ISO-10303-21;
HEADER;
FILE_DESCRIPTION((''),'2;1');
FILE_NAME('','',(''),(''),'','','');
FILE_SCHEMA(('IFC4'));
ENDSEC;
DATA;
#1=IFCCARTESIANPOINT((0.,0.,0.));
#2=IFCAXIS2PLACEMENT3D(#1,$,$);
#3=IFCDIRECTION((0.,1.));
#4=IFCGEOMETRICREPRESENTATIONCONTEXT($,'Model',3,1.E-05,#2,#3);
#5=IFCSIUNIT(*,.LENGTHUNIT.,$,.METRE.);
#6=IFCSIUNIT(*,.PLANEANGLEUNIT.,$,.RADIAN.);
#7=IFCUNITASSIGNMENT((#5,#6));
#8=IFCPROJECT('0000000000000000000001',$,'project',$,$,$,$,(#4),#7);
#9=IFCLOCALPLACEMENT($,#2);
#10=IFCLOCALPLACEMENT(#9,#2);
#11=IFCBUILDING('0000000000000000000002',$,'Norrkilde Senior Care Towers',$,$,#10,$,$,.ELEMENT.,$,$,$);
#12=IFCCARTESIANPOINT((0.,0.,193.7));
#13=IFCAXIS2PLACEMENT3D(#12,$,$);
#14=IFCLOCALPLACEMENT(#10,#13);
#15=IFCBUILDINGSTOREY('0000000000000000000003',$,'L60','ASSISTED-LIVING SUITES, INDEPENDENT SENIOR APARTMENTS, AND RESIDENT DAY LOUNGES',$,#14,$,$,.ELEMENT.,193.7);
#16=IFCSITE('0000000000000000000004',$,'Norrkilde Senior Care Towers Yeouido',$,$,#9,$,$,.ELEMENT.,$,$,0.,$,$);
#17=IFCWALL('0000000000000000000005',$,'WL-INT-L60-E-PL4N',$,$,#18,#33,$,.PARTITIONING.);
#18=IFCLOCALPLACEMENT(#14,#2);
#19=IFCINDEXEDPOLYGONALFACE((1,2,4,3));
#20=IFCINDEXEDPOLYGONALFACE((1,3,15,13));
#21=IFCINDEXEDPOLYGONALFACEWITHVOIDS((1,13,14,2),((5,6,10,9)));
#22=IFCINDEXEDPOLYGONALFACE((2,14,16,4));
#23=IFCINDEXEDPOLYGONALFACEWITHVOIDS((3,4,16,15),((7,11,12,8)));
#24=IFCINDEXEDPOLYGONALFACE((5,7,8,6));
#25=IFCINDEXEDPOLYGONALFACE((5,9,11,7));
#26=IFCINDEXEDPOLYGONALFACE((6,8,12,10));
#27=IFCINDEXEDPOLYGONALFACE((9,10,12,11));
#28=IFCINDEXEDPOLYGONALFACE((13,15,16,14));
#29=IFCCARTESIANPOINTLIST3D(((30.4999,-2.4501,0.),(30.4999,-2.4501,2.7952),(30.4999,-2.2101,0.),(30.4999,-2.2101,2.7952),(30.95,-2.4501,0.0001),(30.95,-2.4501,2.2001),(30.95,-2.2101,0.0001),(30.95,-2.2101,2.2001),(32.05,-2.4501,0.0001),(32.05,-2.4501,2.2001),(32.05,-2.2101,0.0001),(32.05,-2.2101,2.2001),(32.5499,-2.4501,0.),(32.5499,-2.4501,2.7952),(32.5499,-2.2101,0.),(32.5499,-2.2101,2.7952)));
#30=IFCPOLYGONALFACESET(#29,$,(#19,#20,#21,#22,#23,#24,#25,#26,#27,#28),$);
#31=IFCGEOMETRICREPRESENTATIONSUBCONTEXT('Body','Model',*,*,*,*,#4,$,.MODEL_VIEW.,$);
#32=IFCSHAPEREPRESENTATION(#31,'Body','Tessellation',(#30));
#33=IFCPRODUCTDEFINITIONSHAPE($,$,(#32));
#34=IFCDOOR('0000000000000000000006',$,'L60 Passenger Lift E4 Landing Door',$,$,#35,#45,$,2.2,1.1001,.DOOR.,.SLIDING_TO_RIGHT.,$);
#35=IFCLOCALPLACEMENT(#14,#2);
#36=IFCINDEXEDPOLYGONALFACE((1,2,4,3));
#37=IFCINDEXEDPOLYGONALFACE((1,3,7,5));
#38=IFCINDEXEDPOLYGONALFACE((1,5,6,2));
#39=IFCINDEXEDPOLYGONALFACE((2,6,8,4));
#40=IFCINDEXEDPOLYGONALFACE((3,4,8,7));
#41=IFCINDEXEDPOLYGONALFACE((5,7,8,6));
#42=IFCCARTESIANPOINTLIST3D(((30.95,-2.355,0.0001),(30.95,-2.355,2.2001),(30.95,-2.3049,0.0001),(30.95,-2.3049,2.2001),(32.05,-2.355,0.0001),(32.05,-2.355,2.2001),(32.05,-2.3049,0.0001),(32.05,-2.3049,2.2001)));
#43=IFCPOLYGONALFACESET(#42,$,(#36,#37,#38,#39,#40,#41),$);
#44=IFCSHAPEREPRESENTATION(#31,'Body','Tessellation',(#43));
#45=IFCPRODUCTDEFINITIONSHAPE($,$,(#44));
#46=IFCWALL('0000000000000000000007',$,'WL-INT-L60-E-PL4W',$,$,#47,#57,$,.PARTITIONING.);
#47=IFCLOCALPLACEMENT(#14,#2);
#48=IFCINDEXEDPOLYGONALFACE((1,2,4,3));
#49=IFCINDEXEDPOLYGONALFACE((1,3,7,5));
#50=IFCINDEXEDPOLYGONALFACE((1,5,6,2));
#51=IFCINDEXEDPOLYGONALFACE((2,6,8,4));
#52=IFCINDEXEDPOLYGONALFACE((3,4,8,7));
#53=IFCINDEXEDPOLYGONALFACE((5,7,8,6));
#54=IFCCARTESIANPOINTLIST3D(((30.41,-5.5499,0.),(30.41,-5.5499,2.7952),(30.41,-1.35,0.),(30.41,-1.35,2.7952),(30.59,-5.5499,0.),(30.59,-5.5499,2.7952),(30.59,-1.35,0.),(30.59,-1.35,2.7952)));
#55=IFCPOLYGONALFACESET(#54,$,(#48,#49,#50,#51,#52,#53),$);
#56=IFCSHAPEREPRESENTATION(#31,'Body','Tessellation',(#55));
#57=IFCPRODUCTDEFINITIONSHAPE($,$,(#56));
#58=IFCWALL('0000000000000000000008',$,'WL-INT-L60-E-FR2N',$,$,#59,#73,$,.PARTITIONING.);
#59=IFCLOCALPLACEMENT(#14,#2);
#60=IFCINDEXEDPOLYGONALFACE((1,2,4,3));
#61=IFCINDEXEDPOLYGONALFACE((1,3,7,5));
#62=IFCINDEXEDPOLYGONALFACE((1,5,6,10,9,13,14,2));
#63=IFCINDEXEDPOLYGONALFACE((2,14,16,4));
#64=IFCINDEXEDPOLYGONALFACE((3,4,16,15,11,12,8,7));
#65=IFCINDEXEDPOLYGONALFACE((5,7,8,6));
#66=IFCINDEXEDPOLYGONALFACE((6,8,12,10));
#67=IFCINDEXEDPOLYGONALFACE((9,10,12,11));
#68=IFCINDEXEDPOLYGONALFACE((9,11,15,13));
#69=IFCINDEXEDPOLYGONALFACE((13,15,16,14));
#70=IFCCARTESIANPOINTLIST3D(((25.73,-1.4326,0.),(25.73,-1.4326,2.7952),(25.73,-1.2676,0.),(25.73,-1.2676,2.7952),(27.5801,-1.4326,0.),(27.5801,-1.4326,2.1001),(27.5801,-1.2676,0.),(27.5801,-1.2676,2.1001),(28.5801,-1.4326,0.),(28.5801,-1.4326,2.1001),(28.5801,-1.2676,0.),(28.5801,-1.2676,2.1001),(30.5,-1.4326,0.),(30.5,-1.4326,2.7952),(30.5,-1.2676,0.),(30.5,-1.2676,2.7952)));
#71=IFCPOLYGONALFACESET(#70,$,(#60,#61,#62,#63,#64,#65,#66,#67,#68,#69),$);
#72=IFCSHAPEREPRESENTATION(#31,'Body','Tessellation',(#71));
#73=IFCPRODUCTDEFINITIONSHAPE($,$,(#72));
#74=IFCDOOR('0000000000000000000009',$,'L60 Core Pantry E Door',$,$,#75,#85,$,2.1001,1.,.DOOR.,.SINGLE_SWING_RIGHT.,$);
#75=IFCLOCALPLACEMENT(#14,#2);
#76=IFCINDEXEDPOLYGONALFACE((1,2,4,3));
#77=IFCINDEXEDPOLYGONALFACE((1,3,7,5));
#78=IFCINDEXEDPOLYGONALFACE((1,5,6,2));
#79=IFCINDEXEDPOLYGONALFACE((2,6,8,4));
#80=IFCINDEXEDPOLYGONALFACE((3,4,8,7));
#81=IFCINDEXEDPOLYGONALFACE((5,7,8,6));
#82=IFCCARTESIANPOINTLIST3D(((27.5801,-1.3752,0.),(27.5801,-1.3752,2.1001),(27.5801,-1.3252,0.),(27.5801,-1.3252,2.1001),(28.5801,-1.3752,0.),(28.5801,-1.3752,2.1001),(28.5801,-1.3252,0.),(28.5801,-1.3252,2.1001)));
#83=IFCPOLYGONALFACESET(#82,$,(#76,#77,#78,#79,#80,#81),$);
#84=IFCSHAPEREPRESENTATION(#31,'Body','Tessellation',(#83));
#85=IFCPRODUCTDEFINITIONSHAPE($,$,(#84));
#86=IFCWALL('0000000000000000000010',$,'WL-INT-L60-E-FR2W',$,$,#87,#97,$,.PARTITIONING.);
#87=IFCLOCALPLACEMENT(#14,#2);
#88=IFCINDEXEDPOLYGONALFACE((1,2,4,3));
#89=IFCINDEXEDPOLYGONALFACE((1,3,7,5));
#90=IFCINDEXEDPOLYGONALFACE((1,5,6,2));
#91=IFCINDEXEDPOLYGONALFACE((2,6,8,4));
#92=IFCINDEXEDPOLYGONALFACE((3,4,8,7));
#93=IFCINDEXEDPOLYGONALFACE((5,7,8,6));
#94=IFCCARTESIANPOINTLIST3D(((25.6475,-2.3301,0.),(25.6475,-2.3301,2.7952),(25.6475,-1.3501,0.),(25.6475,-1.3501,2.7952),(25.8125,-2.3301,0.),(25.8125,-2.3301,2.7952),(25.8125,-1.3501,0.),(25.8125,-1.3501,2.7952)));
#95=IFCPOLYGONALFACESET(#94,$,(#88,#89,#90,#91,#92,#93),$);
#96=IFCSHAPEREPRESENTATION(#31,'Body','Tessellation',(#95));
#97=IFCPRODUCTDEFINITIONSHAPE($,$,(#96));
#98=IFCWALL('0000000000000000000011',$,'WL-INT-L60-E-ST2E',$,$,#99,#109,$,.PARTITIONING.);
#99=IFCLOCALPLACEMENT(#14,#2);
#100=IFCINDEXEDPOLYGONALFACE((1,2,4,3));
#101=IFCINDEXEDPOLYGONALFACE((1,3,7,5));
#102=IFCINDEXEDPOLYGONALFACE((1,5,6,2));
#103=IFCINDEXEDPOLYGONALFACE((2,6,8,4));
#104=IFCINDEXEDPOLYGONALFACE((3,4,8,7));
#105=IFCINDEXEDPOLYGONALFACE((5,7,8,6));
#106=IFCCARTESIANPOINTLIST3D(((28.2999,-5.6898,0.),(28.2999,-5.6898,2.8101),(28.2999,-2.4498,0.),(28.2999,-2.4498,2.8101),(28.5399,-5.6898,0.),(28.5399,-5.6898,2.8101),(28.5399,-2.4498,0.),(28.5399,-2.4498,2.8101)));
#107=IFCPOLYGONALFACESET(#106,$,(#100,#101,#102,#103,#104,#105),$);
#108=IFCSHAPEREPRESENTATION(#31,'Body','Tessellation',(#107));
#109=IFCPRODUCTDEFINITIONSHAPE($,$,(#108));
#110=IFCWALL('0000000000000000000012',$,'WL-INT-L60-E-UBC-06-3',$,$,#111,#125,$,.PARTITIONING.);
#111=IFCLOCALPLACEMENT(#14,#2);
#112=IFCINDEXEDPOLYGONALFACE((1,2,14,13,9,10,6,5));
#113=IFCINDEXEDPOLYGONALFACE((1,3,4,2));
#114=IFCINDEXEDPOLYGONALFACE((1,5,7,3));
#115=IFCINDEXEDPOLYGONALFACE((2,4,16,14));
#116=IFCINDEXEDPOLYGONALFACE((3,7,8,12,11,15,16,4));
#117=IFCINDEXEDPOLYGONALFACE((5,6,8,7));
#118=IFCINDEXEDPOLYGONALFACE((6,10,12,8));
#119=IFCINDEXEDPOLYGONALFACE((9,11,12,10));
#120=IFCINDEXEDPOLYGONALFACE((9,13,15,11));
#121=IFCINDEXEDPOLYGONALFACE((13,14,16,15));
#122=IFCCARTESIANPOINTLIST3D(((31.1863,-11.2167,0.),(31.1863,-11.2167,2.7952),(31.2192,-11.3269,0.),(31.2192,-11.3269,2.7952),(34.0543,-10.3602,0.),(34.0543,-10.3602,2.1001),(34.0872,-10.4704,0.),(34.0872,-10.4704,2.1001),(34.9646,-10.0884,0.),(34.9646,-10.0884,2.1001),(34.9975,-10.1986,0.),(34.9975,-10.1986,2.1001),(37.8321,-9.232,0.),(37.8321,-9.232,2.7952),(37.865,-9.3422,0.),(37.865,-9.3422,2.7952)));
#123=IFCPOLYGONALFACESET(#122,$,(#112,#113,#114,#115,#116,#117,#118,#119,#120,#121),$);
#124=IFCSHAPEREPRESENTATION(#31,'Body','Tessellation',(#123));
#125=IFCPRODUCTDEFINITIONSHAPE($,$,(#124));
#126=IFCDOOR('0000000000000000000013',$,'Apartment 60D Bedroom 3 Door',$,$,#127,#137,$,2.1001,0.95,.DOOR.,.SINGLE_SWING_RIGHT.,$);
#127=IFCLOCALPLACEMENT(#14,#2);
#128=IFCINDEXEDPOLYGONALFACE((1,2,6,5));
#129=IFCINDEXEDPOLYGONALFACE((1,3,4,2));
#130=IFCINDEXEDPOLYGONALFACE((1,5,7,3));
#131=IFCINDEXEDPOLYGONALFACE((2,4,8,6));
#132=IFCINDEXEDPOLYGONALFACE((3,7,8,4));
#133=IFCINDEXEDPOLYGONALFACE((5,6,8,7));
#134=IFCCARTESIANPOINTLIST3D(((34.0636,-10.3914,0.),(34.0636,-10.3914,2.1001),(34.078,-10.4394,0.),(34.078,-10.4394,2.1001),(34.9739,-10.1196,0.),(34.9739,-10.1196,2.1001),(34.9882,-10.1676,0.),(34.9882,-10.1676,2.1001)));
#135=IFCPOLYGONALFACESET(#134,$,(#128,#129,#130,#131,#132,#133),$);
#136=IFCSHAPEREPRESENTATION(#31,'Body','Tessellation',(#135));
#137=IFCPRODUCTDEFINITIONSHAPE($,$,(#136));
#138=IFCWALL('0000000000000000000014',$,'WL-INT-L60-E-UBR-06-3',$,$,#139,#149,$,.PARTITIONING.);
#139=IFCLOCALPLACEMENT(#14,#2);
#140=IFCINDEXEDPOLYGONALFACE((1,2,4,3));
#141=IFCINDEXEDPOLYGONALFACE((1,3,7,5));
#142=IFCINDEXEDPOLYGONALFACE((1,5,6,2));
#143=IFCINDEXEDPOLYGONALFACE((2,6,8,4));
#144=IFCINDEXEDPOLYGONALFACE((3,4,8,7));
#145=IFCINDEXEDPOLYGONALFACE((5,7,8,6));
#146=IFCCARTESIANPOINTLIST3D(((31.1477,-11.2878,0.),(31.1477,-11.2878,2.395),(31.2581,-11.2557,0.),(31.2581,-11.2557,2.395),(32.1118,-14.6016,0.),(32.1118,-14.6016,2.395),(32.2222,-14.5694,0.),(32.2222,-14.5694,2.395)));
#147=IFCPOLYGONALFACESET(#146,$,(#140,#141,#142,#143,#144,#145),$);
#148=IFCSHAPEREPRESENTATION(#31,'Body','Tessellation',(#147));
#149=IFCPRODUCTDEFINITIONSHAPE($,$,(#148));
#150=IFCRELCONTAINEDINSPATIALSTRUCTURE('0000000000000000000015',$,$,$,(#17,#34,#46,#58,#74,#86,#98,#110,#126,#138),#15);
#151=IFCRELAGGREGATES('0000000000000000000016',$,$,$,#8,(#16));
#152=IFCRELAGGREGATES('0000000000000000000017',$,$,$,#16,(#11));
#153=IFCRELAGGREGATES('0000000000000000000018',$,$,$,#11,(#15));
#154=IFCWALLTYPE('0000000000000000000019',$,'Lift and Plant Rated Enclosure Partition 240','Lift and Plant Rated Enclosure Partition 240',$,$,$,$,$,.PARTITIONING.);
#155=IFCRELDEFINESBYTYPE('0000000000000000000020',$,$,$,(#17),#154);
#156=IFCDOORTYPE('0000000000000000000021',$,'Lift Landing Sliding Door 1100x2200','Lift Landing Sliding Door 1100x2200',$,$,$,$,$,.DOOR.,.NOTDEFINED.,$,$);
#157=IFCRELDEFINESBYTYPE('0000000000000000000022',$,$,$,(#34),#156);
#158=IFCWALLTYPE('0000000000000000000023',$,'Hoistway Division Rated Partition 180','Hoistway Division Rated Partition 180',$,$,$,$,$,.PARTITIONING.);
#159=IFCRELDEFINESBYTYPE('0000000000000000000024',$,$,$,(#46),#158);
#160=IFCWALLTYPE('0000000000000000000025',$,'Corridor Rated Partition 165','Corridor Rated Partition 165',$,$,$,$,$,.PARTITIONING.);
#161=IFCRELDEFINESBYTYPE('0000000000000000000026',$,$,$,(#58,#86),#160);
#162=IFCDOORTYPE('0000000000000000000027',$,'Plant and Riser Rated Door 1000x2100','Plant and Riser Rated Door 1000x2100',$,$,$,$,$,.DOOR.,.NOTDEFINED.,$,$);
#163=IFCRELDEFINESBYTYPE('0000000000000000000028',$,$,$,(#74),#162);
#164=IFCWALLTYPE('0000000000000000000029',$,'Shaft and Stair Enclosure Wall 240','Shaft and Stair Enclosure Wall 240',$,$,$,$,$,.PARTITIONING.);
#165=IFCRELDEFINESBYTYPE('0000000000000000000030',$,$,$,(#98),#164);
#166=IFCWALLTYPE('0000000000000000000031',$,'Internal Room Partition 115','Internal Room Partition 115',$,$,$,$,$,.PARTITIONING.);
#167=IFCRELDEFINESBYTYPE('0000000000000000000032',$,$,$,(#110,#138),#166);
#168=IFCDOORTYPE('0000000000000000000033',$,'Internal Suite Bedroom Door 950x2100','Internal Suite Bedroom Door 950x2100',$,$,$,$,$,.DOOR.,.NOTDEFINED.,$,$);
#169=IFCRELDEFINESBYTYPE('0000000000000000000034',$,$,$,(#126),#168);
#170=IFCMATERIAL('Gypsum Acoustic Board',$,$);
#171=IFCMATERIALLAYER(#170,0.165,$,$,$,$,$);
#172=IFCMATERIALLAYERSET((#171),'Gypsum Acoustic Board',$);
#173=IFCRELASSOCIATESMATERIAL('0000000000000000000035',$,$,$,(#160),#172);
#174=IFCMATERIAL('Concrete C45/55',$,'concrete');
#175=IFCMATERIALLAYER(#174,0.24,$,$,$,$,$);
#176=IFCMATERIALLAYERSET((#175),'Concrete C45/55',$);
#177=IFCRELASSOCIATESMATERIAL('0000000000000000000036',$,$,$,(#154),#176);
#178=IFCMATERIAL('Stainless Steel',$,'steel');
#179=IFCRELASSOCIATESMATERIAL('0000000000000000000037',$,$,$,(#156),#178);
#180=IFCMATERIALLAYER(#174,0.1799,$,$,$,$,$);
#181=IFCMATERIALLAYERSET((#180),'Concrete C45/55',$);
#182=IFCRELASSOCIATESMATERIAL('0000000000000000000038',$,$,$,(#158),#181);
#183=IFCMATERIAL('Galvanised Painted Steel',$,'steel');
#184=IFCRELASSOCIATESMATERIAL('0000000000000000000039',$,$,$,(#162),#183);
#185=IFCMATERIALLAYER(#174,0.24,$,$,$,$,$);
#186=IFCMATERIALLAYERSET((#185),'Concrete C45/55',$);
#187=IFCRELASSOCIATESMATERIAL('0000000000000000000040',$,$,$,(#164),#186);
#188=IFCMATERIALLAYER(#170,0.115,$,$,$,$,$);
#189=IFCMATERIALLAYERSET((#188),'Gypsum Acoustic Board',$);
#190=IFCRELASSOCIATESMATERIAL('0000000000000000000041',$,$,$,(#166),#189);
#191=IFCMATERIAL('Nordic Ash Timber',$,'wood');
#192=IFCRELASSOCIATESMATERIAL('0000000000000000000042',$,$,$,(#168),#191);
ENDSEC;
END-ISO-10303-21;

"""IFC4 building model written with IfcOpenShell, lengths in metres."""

from ifc_helpers import new_model, si_unit, direction, frame, frame_2d, origin, place, context, subcontext, project, spatial, rectangle, extrude, source, transform, mapped, material, layer, layer_set, type_object, type_shapes, element, fill, save


model = new_model("IFC4")

# Units and contexts
model_context = context("Model", 3, precision=1e-05, world=origin(), true_north=direction((0.0, 1.0)))
body_context = subcontext(model_context, "Body", "Model", "MODEL_VIEW")
ifc_project = project(units=[si_unit("LENGTHUNIT", "METRE"), si_unit("PLANEANGLEUNIT", "RADIAN")], contexts=[model_context])

# Site, building, storey
site_placement = place(None, origin())
site = spatial("IfcSite", under=ifc_project, at=site_placement, Name="Norrkilde Senior Care Towers Yeouido", CompositionType="ELEMENT", RefElevation=0.0)
building_placement = place(site_placement, origin())
building = spatial("IfcBuilding", under=site, at=building_placement, Name="Norrkilde Senior Care Towers", CompositionType="ELEMENT")
storey_placement = place(building_placement, frame((0.0, 0.0, 193.7)))
storey = spatial("IfcBuildingStorey", under=building, at=storey_placement, Name="L60", Description="ASSISTED-LIVING SUITES, INDEPENDENT SENIOR APARTMENTS, AND RESIDENT DAY LOUNGES", CompositionType="ELEMENT", Elevation=193.7)

# Shared definitions
ifc_material_1 = material(Name="Concrete C45/55", Category="concrete")

# Wall, opening, door
ifc_material_2 = material(Name="Gypsum Acoustic Board")
ifc_layer_1 = layer(ifc_material_2, 0.165)
ifc_layer_set_1 = layer_set([ifc_layer_1], Name="Gypsum Acoustic Board")
wall_type_1 = type_object("IfcWallType", Name="Corridor Rated Partition 165", Description="Corridor Rated Partition 165", PredefinedType="PARTITIONING", material=ifc_layer_set_1)
ifc_material_3 = material(Name="Galvanised Painted Steel", Category="steel")
ifc_layer_2 = layer(ifc_material_1, 0.24)
ifc_layer_set_2 = layer_set([ifc_layer_2], Name="Concrete C45/55")
wall_type_2 = type_object("IfcWallType", Name="Lift and Plant Rated Enclosure Partition 240", Description="Lift and Plant Rated Enclosure Partition 240", PredefinedType="PARTITIONING", material=ifc_layer_set_2)
shared_shape_1 = source(origin(), body_context, "Body", "SweptSolid", [
    extrude(rectangle(XDim=2.05, YDim=0.24, at=frame_2d((1.0249, 0.0))), origin(), (0.0, 0.0, 1.0), 2.7952),
])
type_shapes(wall_type_2, [shared_shape_1])
wall_1_placement = place(storey_placement, frame((30.5, -2.3301, 0.0), z_axis=(0.0, 0.0, 1.0), x_axis=(1.0, 0.0, 0.0)))
wall_1 = element("IfcWall", 1, at=wall_1_placement, inside=storey, type_object=wall_type_2, Name="WL-INT-L60-E-PL4N", PredefinedType="PARTITIONING", context=body_context, shape_type="MappedRepresentation", body=[
    mapped(shared_shape_1, transform((0.0, 0.0, 0.0), x_axis=(1.0, 0.0, 0.0), y_axis=(0.0, 1.0, 0.0), z_axis=(0.0, 0.0, 1.0), scale=1.0)),
])
opening_1_placement = place(wall_1_placement, frame((0.45, 0.0, 0.0)))
opening_1 = element("IfcOpeningElement", 2, at=opening_1_placement, cuts=wall_1, PredefinedType="OPENING", context=body_context, shape_type="SweptSolid", body=[
    extrude(rectangle(XDim=1.1001, YDim=2.2, at=frame_2d((0.55, 1.1001))), frame((0.0, 0.1299, 0.0), z_axis=(0.0, -1.0, 0.0), x_axis=(1.0, 0.0, 0.0)), (0.0, 0.0, 1.0), 0.26),
])
ifc_material_4 = material(Name="Stainless Steel", Category="steel")
door_type_1 = type_object("IfcDoorType", Name="Lift Landing Sliding Door 1100x2200", Description="Lift Landing Sliding Door 1100x2200", OperationType="NOTDEFINED", PredefinedType="DOOR", material=ifc_material_4)
shared_shape_2 = source(origin(), body_context, "Body", "SweptSolid", [
    extrude(rectangle(XDim=1.1001, YDim=2.2, at=frame_2d((0.55, 1.1001))), frame((0.0, 0.0249, 0.0), z_axis=(0.0, -1.0, 0.0), x_axis=(1.0, 0.0, 0.0)), (0.0, 0.0, 1.0), 0.05),
])
type_shapes(door_type_1, [shared_shape_2])
door_1_placement = place(opening_1_placement, frame((1.1001, 0.0, 0.0), z_axis=(0.0, 0.0, 1.0), x_axis=(-1.0, 0.0, 0.0)))
door_1 = element("IfcDoor", 3, at=door_1_placement, inside=storey, type_object=door_type_1, Name="L60 Passenger Lift E4 Landing Door", OperationType="SLIDING_TO_RIGHT", OverallHeight=2.2, OverallWidth=1.1001, PredefinedType="DOOR", context=body_context, shape_type="MappedRepresentation", body=[
    mapped(shared_shape_2, transform((0.0, 0.0, 0.0), x_axis=(1.0, 0.0, 0.0), y_axis=(0.0, 1.0, 0.0), z_axis=(0.0, 0.0, 1.0), scale=1.0)),
])
fill(opening_1, door_1)

# Wall
ifc_layer_3 = layer(ifc_material_1, 0.1799)
ifc_layer_set_3 = layer_set([ifc_layer_3], Name="Concrete C45/55")
wall_type_3 = type_object("IfcWallType", Name="Hoistway Division Rated Partition 180", Description="Hoistway Division Rated Partition 180", PredefinedType="PARTITIONING", material=ifc_layer_set_3)
shared_shape_3 = source(origin(), body_context, "Body", "SweptSolid", [
    extrude(rectangle(XDim=4.2, YDim=0.1799, at=frame_2d((2.1001, 0.0))), origin(), (0.0, 0.0, 1.0), 2.7952),
])
type_shapes(wall_type_3, [shared_shape_3])
wall_2_placement = place(storey_placement, frame((30.5, -5.55, 0.0), z_axis=(0.0, 0.0, 1.0), x_axis=(0.0, 1.0, 0.0)))
element("IfcWall", 4, at=wall_2_placement, inside=storey, type_object=wall_type_3, Name="WL-INT-L60-E-PL4W", PredefinedType="PARTITIONING", context=body_context, shape_type="MappedRepresentation", body=[
    mapped(shared_shape_3, transform((0.0, 0.0, 0.0), x_axis=(1.0, 0.0, 0.0), y_axis=(0.0, 1.0, 0.0), z_axis=(0.0, 0.0, 1.0), scale=1.0)),
])

# Wall, opening, door
shared_shape_4 = source(origin(), body_context, "Body", "SweptSolid", [
    extrude(rectangle(XDim=4.77, YDim=0.165, at=frame_2d((2.385, 0.0))), origin(), (0.0, 0.0, 1.0), 2.7952),
])
wall_3_placement = place(storey_placement, frame((25.73, -1.3501, 0.0), z_axis=(0.0, 0.0, 1.0), x_axis=(1.0, 0.0, 0.0)))
wall_3 = element("IfcWall", 5, at=wall_3_placement, inside=storey, type_object=wall_type_1, Name="WL-INT-L60-E-FR2N", PredefinedType="PARTITIONING", context=body_context, shape_type="MappedRepresentation", body=[
    mapped(shared_shape_4, transform((0.0, 0.0, 0.0), x_axis=(1.0, 0.0, 0.0), y_axis=(0.0, 1.0, 0.0), z_axis=(0.0, 0.0, 1.0), scale=1.0)),
])
opening_2_placement = place(wall_3_placement, frame((1.8501, 0.0, 0.0)))
opening_2 = element("IfcOpeningElement", 6, at=opening_2_placement, cuts=wall_3, PredefinedType="OPENING", context=body_context, shape_type="SweptSolid", body=[
    extrude(rectangle(XDim=1.0, YDim=2.1001, at=frame_2d((0.5, 1.05))), frame((0.0, 0.0925, 0.0), z_axis=(0.0, -1.0, 0.0), x_axis=(1.0, 0.0, 0.0)), (0.0, 0.0, 1.0), 0.1851),
])
door_type_2 = type_object("IfcDoorType", Name="Plant and Riser Rated Door 1000x2100", Description="Plant and Riser Rated Door 1000x2100", OperationType="NOTDEFINED", PredefinedType="DOOR", material=ifc_material_3)
shared_shape_5 = source(origin(), body_context, "Body", "SweptSolid", [
    extrude(rectangle(XDim=1.0, YDim=2.1001, at=frame_2d((0.5, 1.05))), frame((0.0, 0.0249, 0.0), z_axis=(0.0, -1.0, 0.0), x_axis=(1.0, 0.0, 0.0)), (0.0, 0.0, 1.0), 0.05),
])
type_shapes(door_type_2, [shared_shape_5])
door_2_placement = place(opening_2_placement, origin())
door_2 = element("IfcDoor", 7, at=door_2_placement, inside=storey, type_object=door_type_2, Name="L60 Core Pantry E Door", OperationType="SINGLE_SWING_RIGHT", OverallHeight=2.1001, OverallWidth=1.0, PredefinedType="DOOR", context=body_context, shape_type="MappedRepresentation", body=[
    mapped(shared_shape_5, transform((0.0, 0.0, 0.0), x_axis=(1.0, 0.0, 0.0), y_axis=(0.0, 1.0, 0.0), z_axis=(0.0, 0.0, 1.0), scale=1.0)),
])
fill(opening_2, door_2)

# Walls
shared_shape_6 = source(origin(), body_context, "Body", "SweptSolid", [
    extrude(rectangle(XDim=0.98, YDim=0.165, at=frame_2d((0.49, 0.0))), origin(), (0.0, 0.0, 1.0), 2.7952),
])
wall_4_placement = place(storey_placement, frame((25.73, -2.3301, 0.0), z_axis=(0.0, 0.0, 1.0), x_axis=(0.0, 1.0, 0.0)))
element("IfcWall", 8, at=wall_4_placement, inside=storey, type_object=wall_type_1, Name="WL-INT-L60-E-FR2W", PredefinedType="PARTITIONING", context=body_context, shape_type="MappedRepresentation", body=[
    mapped(shared_shape_6, transform((0.0, 0.0, 0.0), x_axis=(1.0, 0.0, 0.0), y_axis=(0.0, 1.0, 0.0), z_axis=(0.0, 0.0, 1.0), scale=1.0)),
])
ifc_layer_4 = layer(ifc_material_1, 0.24)
ifc_layer_set_4 = layer_set([ifc_layer_4], Name="Concrete C45/55")
wall_type_4 = type_object("IfcWallType", Name="Shaft and Stair Enclosure Wall 240", Description="Shaft and Stair Enclosure Wall 240", PredefinedType="PARTITIONING", material=ifc_layer_set_4)
shared_shape_7 = source(origin(), body_context, "Body", "SweptSolid", [
    extrude(rectangle(XDim=3.24, YDim=0.24, at=frame_2d((1.6201, 0.0))), origin(), (0.0, 0.0, 1.0), 2.8101),
])
type_shapes(wall_type_4, [shared_shape_7])
wall_5_placement = place(storey_placement, frame((28.4199, -5.6899, 0.0), z_axis=(0.0, 0.0, 1.0), x_axis=(0.0, 1.0, 0.0)))
element("IfcWall", 9, at=wall_5_placement, inside=storey, type_object=wall_type_4, Name="WL-INT-L60-E-ST2E", PredefinedType="PARTITIONING", context=body_context, shape_type="MappedRepresentation", body=[
    mapped(shared_shape_7, transform((0.0, 0.0, 0.0), x_axis=(1.0, 0.0, 0.0), y_axis=(0.0, 1.0, 0.0), z_axis=(0.0, 0.0, 1.0), scale=1.0)),
])

# Wall, opening, door
ifc_layer_5 = layer(ifc_material_2, 0.115)
ifc_layer_set_5 = layer_set([ifc_layer_5], Name="Gypsum Acoustic Board")
wall_type_5 = type_object("IfcWallType", Name="Internal Room Partition 115", Description="Internal Room Partition 115", PredefinedType="PARTITIONING", material=ifc_layer_set_5)
shared_shape_8 = source(origin(), body_context, "Body", "SweptSolid", [
    extrude(rectangle(XDim=6.9358, YDim=0.115, at=frame_2d((3.4678, 0.0))), origin(), (0.0, 0.0, 1.0), 2.7952),
])
wall_6_placement = place(storey_placement, frame((31.2029, -11.2717, 0.0), z_axis=(0.0, 0.0, 1.0), x_axis=(0.958187, 0.286143, 0.0)))
wall_6 = element("IfcWall", 10, at=wall_6_placement, inside=storey, type_object=wall_type_5, Name="WL-INT-L60-E-UBC-06-3", PredefinedType="PARTITIONING", context=body_context, shape_type="MappedRepresentation", body=[
    mapped(shared_shape_8, transform((0.0, 0.0, 0.0), x_axis=(1.0, 0.0, 0.0), y_axis=(0.0, 1.0, 0.0), z_axis=(0.0, 0.0, 1.0), scale=1.0)),
])
opening_3_placement = place(wall_6_placement, frame((2.9929, 0.0, 0.0)))
opening_3 = element("IfcOpeningElement", 11, at=opening_3_placement, cuts=wall_6, PredefinedType="OPENING", context=body_context, shape_type="SweptSolid", body=[
    extrude(rectangle(XDim=0.95, YDim=2.1001, at=frame_2d((0.4751, 1.05))), frame((0.0, 0.0674, 0.0), z_axis=(0.0, -1.0, 0.0), x_axis=(1.0, 0.0, 0.0)), (0.0, 0.0, 1.0), 0.135),
])
ifc_material_5 = material(Name="Nordic Ash Timber", Category="wood")
door_type_3 = type_object("IfcDoorType", Name="Internal Suite Bedroom Door 950x2100", Description="Internal Suite Bedroom Door 950x2100", OperationType="NOTDEFINED", PredefinedType="DOOR", material=ifc_material_5)
shared_shape_9 = source(origin(), body_context, "Body", "SweptSolid", [
    extrude(rectangle(XDim=0.95, YDim=2.1001, at=frame_2d((0.4751, 1.05))), frame((0.0, 0.0249, 0.0), z_axis=(0.0, -1.0, 0.0), x_axis=(1.0, 0.0, 0.0)), (0.0, 0.0, 1.0), 0.05),
])
type_shapes(door_type_3, [shared_shape_9])
door_3_placement = place(opening_3_placement, origin())
door_3 = element("IfcDoor", 12, at=door_3_placement, inside=storey, type_object=door_type_3, Name="Apartment 60D Bedroom 3 Door", OperationType="SINGLE_SWING_RIGHT", OverallHeight=2.1001, OverallWidth=0.95, PredefinedType="DOOR", context=body_context, shape_type="MappedRepresentation", body=[
    mapped(shared_shape_9, transform((0.0, 0.0, 0.0), x_axis=(1.0, 0.0, 0.0), y_axis=(0.0, 1.0, 0.0), z_axis=(0.0, 0.0, 1.0), scale=1.0)),
])
fill(opening_3, door_3)

# Wall
shared_shape_10 = source(origin(), body_context, "Body", "SweptSolid", [
    extrude(rectangle(XDim=3.4512, YDim=0.115, at=frame_2d((1.7256, 0.0))), origin(), (0.0, 0.0, 1.0), 2.395),
])
type_shapes(wall_type_5, [shared_shape_8, shared_shape_10])
wall_7_placement = place(storey_placement, frame((31.2029, -11.2717, 0.0), z_axis=(0.0, 0.0, 1.0), x_axis=(0.279362, -0.960186, 0.0)))
element("IfcWall", 13, at=wall_7_placement, inside=storey, type_object=wall_type_5, Name="WL-INT-L60-E-UBR-06-3", PredefinedType="PARTITIONING", context=body_context, shape_type="MappedRepresentation", body=[
    mapped(shared_shape_10, transform((0.0, 0.0, 0.0), x_axis=(1.0, 0.0, 0.0), y_axis=(0.0, 1.0, 0.0), z_axis=(0.0, 0.0, 1.0), scale=1.0)),
])

save(model, "model.ifc")
